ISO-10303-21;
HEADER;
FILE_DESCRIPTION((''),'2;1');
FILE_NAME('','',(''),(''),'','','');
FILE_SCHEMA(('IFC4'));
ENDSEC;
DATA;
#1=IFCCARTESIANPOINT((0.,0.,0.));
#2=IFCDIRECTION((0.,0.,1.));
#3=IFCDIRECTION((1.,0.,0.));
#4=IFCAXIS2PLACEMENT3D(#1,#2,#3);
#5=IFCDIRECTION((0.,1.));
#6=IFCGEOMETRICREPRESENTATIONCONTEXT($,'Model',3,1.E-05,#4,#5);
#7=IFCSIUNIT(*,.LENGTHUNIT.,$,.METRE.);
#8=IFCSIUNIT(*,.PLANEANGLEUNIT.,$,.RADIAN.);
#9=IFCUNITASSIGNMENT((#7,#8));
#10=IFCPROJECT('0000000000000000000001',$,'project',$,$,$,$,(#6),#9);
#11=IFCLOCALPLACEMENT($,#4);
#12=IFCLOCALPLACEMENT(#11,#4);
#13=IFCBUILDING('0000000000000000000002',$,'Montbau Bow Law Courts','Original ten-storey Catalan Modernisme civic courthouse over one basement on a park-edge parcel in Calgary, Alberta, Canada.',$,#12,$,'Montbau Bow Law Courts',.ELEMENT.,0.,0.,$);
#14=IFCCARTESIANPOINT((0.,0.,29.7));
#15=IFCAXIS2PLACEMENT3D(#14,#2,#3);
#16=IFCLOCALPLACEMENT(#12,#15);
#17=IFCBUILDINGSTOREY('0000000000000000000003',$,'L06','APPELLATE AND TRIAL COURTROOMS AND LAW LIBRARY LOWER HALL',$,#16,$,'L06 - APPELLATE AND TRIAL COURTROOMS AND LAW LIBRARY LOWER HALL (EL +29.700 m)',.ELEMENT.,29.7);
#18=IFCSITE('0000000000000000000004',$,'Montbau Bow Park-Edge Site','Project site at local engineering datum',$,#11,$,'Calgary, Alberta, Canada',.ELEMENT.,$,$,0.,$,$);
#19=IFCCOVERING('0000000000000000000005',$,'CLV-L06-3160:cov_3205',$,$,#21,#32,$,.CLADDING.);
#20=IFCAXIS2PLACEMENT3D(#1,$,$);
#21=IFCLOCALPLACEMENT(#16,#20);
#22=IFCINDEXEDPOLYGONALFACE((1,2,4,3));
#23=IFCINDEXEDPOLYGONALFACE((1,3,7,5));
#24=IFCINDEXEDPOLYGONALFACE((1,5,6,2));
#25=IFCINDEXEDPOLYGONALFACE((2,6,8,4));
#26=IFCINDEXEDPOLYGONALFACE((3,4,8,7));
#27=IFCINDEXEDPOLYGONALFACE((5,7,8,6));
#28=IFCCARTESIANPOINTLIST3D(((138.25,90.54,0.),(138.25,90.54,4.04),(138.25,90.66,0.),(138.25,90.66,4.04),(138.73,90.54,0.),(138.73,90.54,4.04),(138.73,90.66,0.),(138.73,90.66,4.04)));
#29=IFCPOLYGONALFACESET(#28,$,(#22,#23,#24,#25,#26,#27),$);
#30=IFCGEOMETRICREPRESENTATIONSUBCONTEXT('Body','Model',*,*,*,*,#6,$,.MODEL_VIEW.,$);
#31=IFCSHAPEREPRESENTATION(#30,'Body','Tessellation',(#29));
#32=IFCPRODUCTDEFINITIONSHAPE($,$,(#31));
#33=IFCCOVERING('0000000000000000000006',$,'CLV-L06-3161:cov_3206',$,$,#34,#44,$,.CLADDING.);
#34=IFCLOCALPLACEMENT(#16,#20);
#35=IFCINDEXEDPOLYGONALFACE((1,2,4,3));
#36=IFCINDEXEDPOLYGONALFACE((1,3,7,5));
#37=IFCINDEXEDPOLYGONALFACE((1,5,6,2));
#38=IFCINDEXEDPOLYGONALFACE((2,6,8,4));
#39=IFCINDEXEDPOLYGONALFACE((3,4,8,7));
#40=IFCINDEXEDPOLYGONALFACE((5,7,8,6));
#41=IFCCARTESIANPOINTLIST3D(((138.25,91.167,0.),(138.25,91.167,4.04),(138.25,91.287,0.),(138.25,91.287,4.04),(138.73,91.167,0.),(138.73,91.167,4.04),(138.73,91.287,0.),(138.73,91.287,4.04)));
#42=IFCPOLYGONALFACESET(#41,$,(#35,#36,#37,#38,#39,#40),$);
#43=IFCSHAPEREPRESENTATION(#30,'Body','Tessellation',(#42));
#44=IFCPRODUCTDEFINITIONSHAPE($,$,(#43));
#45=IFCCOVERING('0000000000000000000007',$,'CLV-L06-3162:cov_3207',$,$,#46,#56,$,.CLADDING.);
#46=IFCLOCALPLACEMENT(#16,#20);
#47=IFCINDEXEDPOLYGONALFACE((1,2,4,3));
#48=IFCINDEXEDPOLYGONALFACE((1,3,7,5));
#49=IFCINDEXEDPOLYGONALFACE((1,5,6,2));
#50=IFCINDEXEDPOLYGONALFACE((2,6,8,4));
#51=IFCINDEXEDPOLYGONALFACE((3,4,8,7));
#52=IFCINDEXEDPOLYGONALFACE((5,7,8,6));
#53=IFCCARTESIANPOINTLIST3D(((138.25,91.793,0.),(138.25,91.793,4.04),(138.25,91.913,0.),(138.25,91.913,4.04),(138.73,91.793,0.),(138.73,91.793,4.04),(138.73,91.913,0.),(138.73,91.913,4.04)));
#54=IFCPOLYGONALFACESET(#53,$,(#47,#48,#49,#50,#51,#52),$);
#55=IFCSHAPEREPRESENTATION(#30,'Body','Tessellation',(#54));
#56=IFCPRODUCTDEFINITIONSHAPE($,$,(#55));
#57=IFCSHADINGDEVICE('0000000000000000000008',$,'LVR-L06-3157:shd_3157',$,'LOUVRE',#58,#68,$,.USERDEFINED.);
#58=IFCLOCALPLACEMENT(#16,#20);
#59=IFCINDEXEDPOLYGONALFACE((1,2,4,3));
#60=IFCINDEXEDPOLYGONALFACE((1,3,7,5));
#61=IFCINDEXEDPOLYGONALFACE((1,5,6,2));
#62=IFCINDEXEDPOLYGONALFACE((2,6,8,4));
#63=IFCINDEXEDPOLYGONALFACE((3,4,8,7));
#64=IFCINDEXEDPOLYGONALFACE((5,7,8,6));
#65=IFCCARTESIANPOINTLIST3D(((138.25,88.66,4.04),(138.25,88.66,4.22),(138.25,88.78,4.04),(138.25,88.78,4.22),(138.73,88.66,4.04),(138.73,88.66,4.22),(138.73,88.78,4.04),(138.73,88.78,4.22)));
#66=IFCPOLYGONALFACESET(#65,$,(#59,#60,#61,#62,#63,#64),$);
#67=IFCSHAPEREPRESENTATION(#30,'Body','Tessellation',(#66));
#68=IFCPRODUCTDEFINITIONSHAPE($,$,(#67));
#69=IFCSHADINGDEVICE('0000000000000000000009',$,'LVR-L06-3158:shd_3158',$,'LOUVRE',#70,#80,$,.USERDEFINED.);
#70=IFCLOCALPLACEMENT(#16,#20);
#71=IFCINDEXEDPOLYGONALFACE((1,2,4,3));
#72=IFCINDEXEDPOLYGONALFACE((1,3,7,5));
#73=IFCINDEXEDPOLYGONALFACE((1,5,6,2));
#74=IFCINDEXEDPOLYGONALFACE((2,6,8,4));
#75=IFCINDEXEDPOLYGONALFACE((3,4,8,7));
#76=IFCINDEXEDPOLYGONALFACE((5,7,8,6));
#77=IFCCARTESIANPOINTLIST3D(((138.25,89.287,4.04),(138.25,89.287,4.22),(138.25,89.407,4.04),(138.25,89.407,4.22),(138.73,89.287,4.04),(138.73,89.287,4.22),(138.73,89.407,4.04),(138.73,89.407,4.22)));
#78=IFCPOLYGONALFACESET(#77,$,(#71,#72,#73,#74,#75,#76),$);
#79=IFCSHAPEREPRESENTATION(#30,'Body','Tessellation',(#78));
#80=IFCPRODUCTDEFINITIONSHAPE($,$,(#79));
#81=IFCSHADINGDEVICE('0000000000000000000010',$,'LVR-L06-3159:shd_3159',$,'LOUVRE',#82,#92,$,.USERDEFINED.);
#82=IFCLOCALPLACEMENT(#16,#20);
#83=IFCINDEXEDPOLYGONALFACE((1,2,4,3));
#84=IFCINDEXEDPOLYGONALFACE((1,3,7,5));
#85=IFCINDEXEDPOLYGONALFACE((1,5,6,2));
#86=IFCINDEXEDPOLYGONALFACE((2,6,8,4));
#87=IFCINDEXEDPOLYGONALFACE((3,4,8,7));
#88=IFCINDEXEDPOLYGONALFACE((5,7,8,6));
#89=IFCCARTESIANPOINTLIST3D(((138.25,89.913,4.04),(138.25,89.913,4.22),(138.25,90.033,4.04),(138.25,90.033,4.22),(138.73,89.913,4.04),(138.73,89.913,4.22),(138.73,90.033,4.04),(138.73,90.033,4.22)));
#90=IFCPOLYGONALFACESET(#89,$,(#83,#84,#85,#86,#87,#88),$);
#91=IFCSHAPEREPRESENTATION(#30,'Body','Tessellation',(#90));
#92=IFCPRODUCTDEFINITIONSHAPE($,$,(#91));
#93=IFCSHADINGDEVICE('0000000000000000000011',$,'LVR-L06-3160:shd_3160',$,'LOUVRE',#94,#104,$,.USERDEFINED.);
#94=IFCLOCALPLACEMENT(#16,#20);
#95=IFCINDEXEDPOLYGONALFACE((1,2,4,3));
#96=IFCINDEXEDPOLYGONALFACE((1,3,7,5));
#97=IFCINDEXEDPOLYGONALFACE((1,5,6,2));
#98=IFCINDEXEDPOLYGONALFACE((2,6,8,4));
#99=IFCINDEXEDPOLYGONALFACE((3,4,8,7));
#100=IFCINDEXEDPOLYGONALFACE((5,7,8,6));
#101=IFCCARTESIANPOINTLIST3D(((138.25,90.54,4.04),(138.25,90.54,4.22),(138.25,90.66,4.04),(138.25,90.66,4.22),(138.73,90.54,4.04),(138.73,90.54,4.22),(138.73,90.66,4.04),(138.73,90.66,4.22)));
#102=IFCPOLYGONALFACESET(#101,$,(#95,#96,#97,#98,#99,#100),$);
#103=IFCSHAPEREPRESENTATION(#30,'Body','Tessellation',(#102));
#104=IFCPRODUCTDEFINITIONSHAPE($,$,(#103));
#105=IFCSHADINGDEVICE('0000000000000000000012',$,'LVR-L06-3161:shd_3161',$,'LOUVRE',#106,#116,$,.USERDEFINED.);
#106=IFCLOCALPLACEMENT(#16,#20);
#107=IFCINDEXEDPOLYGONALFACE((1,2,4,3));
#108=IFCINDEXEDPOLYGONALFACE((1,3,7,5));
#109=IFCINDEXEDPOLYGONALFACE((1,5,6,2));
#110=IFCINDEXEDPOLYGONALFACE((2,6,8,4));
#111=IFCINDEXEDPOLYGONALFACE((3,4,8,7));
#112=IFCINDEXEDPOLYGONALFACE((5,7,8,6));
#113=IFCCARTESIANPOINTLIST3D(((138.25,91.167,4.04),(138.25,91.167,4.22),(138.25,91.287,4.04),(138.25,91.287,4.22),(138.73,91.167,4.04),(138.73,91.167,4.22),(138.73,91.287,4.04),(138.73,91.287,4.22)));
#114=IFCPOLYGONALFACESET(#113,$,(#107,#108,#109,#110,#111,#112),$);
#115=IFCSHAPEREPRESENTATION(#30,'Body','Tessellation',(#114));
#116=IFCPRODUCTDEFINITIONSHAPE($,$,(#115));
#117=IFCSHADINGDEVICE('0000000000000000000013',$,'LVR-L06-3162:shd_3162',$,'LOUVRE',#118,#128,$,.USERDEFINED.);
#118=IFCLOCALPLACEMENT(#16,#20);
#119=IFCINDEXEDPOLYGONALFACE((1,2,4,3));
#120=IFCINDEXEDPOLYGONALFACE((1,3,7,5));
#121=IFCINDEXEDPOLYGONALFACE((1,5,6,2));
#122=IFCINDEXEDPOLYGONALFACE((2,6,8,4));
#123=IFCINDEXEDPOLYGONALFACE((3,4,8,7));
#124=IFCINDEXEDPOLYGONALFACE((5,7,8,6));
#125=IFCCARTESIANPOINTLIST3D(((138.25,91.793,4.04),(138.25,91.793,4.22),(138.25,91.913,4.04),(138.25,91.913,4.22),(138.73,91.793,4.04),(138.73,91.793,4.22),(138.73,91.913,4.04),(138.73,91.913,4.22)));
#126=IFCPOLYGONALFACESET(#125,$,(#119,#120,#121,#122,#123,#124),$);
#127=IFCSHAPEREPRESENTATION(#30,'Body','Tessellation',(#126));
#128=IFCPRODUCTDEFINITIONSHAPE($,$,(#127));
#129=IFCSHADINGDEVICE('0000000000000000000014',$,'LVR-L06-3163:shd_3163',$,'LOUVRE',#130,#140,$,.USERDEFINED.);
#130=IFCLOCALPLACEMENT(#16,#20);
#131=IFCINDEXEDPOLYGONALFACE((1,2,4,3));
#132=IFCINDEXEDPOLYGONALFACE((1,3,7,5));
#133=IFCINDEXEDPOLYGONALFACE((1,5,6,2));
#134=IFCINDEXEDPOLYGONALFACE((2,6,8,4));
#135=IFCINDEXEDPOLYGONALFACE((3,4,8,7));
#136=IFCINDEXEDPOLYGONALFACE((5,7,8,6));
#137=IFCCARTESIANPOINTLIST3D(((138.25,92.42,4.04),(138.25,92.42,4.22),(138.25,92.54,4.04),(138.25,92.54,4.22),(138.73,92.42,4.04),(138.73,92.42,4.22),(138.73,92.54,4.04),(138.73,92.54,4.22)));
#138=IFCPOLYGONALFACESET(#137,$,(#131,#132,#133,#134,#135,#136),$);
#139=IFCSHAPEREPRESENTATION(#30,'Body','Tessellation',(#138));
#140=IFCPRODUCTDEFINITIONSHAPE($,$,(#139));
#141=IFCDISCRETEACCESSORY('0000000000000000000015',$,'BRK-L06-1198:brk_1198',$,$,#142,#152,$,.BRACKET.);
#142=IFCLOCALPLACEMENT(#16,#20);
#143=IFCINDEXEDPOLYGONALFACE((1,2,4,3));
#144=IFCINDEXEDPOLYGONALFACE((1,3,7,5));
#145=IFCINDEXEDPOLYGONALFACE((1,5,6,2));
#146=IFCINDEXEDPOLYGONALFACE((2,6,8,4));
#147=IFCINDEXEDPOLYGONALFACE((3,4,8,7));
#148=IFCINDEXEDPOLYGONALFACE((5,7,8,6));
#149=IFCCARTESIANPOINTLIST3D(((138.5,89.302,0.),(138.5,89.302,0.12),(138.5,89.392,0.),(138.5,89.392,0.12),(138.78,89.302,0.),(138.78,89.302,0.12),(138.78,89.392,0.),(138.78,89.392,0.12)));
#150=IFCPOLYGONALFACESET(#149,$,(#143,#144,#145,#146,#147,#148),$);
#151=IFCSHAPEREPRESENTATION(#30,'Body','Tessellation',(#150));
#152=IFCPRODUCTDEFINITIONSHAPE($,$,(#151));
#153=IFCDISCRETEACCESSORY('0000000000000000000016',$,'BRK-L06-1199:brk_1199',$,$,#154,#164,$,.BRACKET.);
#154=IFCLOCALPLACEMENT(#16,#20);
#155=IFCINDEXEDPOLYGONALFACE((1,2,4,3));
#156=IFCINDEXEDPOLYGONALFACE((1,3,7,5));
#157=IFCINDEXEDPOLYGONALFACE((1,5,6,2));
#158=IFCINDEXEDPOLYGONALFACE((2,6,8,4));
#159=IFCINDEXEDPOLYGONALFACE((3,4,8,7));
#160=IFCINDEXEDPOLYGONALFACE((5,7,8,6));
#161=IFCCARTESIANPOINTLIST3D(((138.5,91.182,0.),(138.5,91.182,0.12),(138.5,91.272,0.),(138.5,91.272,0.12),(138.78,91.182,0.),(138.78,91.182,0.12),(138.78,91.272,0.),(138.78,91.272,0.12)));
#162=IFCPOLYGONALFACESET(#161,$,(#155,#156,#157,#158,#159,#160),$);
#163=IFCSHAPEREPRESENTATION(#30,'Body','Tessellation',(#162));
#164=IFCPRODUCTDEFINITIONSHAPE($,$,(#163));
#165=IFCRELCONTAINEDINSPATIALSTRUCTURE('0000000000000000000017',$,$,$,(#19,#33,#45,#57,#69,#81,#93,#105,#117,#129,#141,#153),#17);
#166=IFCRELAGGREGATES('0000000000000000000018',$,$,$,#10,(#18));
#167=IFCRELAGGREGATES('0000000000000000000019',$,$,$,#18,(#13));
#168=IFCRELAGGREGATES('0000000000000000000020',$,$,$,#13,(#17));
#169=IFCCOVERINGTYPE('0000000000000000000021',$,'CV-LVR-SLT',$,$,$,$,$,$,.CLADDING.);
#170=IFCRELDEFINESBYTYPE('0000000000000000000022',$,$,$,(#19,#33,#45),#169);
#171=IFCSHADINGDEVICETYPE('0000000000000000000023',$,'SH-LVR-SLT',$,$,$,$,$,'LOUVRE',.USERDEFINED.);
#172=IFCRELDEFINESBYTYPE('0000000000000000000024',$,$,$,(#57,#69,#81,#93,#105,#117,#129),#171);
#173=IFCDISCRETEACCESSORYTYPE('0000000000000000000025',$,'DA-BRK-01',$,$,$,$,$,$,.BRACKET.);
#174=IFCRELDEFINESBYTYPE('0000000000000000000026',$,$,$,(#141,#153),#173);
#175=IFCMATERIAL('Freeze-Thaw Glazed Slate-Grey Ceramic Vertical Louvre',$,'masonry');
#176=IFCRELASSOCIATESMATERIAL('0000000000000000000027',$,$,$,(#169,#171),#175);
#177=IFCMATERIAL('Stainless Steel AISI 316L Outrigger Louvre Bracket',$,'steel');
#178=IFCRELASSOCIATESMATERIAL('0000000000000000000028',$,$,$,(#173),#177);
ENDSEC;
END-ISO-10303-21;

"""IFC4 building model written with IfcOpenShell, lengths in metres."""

from ifc_helpers import new_model, si_unit, direction, frame, frame_2d, origin_with_axes, origin_2d_with_axis, place, context, subcontext, project, spatial, rectangle, extrude, material, type_object, element, save


model = new_model("IFC4")

# Units and contexts
model_context = context("Model", 3, precision=1e-05, world=origin_with_axes(), true_north=direction((0.0, 1.0)))
body_context = subcontext(model_context, "Body", "Model", "MODEL_VIEW")
ifc_project = project(units=[si_unit("LENGTHUNIT", "METRE"), si_unit("PLANEANGLEUNIT", "RADIAN")], contexts=[model_context])

# Site, building, storey
site_placement = place(None, origin_with_axes())
site = spatial("IfcSite", under=ifc_project, at=site_placement, Name="Montbau Bow Park-Edge Site", Description="Project site at local engineering datum", LongName="Calgary, Alberta, Canada", CompositionType="ELEMENT", RefElevation=0.0)
building_placement = place(site_placement, origin_with_axes())
building = spatial("IfcBuilding", under=site, at=building_placement, Name="Montbau Bow Law Courts", Description="Original ten-storey Catalan Modernisme civic courthouse over one basement on a park-edge parcel in Calgary, Alberta, Canada.", LongName="Montbau Bow Law Courts", CompositionType="ELEMENT", ElevationOfRefHeight=0.0, ElevationOfTerrain=0.0)
storey_placement = place(building_placement, frame((0.0, 0.0, 29.7), z_axis=(0.0, 0.0, 1.0), x_axis=(1.0, 0.0, 0.0)))
storey = spatial("IfcBuildingStorey", under=building, at=storey_placement, Name="L06", Description="APPELLATE AND TRIAL COURTROOMS AND LAW LIBRARY LOWER HALL", LongName="L06 - APPELLATE AND TRIAL COURTROOMS AND LAW LIBRARY LOWER HALL (EL +29.700 m)", CompositionType="ELEMENT", Elevation=29.7)

# Coverings
ifc_material_1 = material(Name="Freeze-Thaw Glazed Slate-Grey Ceramic Vertical Louvre", Category="masonry")
covering_type = type_object("IfcCoveringType", Name="CV-LVR-SLT", PredefinedType="CLADDING", material=ifc_material_1)
for number, where, z_axis, x_axis, name in (
    (1, (138.73, 90.6, 29.7), (0.0, 1.0, 0.0), (-1.0, 0.0, 0.0), "CLV-L06-3160:cov_3205"),
    (2, (138.73, 91.227, 29.7), (0.0, 1.0, 0.0), (-1.0, 0.0, 0.0), "CLV-L06-3161:cov_3206"),
    (3, (138.73, 91.853, 29.7), (0.0, 1.0, 0.0), (-1.0, 0.0, 0.0), "CLV-L06-3162:cov_3207"),
):
    element("IfcCovering", number, at=place(None, frame(where, z_axis=z_axis, x_axis=x_axis)), inside=storey, type_object=covering_type, Name=name, PredefinedType="CLADDING", context=body_context, shape_type="SweptSolid", body=[
        extrude(rectangle(XDim=0.48, YDim=4.04, at=frame_2d((0.24, 2.02), x_axis=(1.0, 0.0))), frame((0.0, 0.0, -0.06), z_axis=(0.0, 0.0, 1.0), x_axis=(1.0, 0.0, 0.0)), (0.0, 0.0, 1.0), 0.12),
    ])

# Shading devices
shading_device_type = type_object("IfcShadingDeviceType", Name="SH-LVR-SLT", ElementType="LOUVRE", PredefinedType="USERDEFINED", material=ifc_material_1)
for number, where, z_axis, x_axis, name in (
    (4, (138.49, 88.72, 33.74), (0.0, 0.0, 1.0), (-1.0, 0.0, 0.0), "LVR-L06-3157:shd_3157"),
    (5, (138.49, 89.347, 33.74), (0.0, 0.0, 1.0), (-1.0, 0.0, 0.0), "LVR-L06-3158:shd_3158"),
    (6, (138.49, 89.973, 33.74), (0.0, 0.0, 1.0), (-1.0, 0.0, 0.0), "LVR-L06-3159:shd_3159"),
    (7, (138.49, 90.6, 33.74), (0.0, 0.0, 1.0), (-1.0, 0.0, 0.0), "LVR-L06-3160:shd_3160"),
    (8, (138.49, 91.227, 33.74), (0.0, 0.0, 1.0), (-1.0, 0.0, 0.0), "LVR-L06-3161:shd_3161"),
    (9, (138.49, 91.853, 33.74), (0.0, 0.0, 1.0), (-1.0, 0.0, 0.0), "LVR-L06-3162:shd_3162"),
    (10, (138.49, 92.48, 33.74), (0.0, 0.0, 1.0), (-1.0, 0.0, 0.0), "LVR-L06-3163:shd_3163"),
):
    element("IfcShadingDevice", number, at=place(None, frame(where, z_axis=z_axis, x_axis=x_axis)), inside=storey, type_object=shading_device_type, Name=name, ObjectType="LOUVRE", PredefinedType="USERDEFINED", context=body_context, shape_type="SweptSolid", body=[
        extrude(rectangle(XDim=0.48, YDim=0.12, at=origin_2d_with_axis()), origin_with_axes(), (0.0, 0.0, 1.0), 0.18),
    ])

# Discrete accessories
ifc_material_2 = material(Name="Stainless Steel AISI 316L Outrigger Louvre Bracket", Category="steel")
discrete_accessory_type = type_object("IfcDiscreteAccessoryType", Name="DA-BRK-01", PredefinedType="BRACKET", material=ifc_material_2)
for number, where, z_axis, x_axis, name in (
    (11, (138.64, 89.347, 29.7), (0.0, 0.0, 1.0), (-1.0, 0.0, 0.0), "BRK-L06-1198:brk_1198"),
    (12, (138.64, 91.227, 29.7), (0.0, 0.0, 1.0), (-1.0, 0.0, 0.0), "BRK-L06-1199:brk_1199"),
):
    element("IfcDiscreteAccessory", number, at=place(None, frame(where, z_axis=z_axis, x_axis=x_axis)), inside=storey, type_object=discrete_accessory_type, Name=name, PredefinedType="BRACKET", context=body_context, shape_type="SweptSolid", body=[
        extrude(rectangle(XDim=0.28, YDim=0.09, at=origin_2d_with_axis()), origin_with_axes(), (0.0, 0.0, 1.0), 0.12),
    ])

save(model, "model.ifc")
